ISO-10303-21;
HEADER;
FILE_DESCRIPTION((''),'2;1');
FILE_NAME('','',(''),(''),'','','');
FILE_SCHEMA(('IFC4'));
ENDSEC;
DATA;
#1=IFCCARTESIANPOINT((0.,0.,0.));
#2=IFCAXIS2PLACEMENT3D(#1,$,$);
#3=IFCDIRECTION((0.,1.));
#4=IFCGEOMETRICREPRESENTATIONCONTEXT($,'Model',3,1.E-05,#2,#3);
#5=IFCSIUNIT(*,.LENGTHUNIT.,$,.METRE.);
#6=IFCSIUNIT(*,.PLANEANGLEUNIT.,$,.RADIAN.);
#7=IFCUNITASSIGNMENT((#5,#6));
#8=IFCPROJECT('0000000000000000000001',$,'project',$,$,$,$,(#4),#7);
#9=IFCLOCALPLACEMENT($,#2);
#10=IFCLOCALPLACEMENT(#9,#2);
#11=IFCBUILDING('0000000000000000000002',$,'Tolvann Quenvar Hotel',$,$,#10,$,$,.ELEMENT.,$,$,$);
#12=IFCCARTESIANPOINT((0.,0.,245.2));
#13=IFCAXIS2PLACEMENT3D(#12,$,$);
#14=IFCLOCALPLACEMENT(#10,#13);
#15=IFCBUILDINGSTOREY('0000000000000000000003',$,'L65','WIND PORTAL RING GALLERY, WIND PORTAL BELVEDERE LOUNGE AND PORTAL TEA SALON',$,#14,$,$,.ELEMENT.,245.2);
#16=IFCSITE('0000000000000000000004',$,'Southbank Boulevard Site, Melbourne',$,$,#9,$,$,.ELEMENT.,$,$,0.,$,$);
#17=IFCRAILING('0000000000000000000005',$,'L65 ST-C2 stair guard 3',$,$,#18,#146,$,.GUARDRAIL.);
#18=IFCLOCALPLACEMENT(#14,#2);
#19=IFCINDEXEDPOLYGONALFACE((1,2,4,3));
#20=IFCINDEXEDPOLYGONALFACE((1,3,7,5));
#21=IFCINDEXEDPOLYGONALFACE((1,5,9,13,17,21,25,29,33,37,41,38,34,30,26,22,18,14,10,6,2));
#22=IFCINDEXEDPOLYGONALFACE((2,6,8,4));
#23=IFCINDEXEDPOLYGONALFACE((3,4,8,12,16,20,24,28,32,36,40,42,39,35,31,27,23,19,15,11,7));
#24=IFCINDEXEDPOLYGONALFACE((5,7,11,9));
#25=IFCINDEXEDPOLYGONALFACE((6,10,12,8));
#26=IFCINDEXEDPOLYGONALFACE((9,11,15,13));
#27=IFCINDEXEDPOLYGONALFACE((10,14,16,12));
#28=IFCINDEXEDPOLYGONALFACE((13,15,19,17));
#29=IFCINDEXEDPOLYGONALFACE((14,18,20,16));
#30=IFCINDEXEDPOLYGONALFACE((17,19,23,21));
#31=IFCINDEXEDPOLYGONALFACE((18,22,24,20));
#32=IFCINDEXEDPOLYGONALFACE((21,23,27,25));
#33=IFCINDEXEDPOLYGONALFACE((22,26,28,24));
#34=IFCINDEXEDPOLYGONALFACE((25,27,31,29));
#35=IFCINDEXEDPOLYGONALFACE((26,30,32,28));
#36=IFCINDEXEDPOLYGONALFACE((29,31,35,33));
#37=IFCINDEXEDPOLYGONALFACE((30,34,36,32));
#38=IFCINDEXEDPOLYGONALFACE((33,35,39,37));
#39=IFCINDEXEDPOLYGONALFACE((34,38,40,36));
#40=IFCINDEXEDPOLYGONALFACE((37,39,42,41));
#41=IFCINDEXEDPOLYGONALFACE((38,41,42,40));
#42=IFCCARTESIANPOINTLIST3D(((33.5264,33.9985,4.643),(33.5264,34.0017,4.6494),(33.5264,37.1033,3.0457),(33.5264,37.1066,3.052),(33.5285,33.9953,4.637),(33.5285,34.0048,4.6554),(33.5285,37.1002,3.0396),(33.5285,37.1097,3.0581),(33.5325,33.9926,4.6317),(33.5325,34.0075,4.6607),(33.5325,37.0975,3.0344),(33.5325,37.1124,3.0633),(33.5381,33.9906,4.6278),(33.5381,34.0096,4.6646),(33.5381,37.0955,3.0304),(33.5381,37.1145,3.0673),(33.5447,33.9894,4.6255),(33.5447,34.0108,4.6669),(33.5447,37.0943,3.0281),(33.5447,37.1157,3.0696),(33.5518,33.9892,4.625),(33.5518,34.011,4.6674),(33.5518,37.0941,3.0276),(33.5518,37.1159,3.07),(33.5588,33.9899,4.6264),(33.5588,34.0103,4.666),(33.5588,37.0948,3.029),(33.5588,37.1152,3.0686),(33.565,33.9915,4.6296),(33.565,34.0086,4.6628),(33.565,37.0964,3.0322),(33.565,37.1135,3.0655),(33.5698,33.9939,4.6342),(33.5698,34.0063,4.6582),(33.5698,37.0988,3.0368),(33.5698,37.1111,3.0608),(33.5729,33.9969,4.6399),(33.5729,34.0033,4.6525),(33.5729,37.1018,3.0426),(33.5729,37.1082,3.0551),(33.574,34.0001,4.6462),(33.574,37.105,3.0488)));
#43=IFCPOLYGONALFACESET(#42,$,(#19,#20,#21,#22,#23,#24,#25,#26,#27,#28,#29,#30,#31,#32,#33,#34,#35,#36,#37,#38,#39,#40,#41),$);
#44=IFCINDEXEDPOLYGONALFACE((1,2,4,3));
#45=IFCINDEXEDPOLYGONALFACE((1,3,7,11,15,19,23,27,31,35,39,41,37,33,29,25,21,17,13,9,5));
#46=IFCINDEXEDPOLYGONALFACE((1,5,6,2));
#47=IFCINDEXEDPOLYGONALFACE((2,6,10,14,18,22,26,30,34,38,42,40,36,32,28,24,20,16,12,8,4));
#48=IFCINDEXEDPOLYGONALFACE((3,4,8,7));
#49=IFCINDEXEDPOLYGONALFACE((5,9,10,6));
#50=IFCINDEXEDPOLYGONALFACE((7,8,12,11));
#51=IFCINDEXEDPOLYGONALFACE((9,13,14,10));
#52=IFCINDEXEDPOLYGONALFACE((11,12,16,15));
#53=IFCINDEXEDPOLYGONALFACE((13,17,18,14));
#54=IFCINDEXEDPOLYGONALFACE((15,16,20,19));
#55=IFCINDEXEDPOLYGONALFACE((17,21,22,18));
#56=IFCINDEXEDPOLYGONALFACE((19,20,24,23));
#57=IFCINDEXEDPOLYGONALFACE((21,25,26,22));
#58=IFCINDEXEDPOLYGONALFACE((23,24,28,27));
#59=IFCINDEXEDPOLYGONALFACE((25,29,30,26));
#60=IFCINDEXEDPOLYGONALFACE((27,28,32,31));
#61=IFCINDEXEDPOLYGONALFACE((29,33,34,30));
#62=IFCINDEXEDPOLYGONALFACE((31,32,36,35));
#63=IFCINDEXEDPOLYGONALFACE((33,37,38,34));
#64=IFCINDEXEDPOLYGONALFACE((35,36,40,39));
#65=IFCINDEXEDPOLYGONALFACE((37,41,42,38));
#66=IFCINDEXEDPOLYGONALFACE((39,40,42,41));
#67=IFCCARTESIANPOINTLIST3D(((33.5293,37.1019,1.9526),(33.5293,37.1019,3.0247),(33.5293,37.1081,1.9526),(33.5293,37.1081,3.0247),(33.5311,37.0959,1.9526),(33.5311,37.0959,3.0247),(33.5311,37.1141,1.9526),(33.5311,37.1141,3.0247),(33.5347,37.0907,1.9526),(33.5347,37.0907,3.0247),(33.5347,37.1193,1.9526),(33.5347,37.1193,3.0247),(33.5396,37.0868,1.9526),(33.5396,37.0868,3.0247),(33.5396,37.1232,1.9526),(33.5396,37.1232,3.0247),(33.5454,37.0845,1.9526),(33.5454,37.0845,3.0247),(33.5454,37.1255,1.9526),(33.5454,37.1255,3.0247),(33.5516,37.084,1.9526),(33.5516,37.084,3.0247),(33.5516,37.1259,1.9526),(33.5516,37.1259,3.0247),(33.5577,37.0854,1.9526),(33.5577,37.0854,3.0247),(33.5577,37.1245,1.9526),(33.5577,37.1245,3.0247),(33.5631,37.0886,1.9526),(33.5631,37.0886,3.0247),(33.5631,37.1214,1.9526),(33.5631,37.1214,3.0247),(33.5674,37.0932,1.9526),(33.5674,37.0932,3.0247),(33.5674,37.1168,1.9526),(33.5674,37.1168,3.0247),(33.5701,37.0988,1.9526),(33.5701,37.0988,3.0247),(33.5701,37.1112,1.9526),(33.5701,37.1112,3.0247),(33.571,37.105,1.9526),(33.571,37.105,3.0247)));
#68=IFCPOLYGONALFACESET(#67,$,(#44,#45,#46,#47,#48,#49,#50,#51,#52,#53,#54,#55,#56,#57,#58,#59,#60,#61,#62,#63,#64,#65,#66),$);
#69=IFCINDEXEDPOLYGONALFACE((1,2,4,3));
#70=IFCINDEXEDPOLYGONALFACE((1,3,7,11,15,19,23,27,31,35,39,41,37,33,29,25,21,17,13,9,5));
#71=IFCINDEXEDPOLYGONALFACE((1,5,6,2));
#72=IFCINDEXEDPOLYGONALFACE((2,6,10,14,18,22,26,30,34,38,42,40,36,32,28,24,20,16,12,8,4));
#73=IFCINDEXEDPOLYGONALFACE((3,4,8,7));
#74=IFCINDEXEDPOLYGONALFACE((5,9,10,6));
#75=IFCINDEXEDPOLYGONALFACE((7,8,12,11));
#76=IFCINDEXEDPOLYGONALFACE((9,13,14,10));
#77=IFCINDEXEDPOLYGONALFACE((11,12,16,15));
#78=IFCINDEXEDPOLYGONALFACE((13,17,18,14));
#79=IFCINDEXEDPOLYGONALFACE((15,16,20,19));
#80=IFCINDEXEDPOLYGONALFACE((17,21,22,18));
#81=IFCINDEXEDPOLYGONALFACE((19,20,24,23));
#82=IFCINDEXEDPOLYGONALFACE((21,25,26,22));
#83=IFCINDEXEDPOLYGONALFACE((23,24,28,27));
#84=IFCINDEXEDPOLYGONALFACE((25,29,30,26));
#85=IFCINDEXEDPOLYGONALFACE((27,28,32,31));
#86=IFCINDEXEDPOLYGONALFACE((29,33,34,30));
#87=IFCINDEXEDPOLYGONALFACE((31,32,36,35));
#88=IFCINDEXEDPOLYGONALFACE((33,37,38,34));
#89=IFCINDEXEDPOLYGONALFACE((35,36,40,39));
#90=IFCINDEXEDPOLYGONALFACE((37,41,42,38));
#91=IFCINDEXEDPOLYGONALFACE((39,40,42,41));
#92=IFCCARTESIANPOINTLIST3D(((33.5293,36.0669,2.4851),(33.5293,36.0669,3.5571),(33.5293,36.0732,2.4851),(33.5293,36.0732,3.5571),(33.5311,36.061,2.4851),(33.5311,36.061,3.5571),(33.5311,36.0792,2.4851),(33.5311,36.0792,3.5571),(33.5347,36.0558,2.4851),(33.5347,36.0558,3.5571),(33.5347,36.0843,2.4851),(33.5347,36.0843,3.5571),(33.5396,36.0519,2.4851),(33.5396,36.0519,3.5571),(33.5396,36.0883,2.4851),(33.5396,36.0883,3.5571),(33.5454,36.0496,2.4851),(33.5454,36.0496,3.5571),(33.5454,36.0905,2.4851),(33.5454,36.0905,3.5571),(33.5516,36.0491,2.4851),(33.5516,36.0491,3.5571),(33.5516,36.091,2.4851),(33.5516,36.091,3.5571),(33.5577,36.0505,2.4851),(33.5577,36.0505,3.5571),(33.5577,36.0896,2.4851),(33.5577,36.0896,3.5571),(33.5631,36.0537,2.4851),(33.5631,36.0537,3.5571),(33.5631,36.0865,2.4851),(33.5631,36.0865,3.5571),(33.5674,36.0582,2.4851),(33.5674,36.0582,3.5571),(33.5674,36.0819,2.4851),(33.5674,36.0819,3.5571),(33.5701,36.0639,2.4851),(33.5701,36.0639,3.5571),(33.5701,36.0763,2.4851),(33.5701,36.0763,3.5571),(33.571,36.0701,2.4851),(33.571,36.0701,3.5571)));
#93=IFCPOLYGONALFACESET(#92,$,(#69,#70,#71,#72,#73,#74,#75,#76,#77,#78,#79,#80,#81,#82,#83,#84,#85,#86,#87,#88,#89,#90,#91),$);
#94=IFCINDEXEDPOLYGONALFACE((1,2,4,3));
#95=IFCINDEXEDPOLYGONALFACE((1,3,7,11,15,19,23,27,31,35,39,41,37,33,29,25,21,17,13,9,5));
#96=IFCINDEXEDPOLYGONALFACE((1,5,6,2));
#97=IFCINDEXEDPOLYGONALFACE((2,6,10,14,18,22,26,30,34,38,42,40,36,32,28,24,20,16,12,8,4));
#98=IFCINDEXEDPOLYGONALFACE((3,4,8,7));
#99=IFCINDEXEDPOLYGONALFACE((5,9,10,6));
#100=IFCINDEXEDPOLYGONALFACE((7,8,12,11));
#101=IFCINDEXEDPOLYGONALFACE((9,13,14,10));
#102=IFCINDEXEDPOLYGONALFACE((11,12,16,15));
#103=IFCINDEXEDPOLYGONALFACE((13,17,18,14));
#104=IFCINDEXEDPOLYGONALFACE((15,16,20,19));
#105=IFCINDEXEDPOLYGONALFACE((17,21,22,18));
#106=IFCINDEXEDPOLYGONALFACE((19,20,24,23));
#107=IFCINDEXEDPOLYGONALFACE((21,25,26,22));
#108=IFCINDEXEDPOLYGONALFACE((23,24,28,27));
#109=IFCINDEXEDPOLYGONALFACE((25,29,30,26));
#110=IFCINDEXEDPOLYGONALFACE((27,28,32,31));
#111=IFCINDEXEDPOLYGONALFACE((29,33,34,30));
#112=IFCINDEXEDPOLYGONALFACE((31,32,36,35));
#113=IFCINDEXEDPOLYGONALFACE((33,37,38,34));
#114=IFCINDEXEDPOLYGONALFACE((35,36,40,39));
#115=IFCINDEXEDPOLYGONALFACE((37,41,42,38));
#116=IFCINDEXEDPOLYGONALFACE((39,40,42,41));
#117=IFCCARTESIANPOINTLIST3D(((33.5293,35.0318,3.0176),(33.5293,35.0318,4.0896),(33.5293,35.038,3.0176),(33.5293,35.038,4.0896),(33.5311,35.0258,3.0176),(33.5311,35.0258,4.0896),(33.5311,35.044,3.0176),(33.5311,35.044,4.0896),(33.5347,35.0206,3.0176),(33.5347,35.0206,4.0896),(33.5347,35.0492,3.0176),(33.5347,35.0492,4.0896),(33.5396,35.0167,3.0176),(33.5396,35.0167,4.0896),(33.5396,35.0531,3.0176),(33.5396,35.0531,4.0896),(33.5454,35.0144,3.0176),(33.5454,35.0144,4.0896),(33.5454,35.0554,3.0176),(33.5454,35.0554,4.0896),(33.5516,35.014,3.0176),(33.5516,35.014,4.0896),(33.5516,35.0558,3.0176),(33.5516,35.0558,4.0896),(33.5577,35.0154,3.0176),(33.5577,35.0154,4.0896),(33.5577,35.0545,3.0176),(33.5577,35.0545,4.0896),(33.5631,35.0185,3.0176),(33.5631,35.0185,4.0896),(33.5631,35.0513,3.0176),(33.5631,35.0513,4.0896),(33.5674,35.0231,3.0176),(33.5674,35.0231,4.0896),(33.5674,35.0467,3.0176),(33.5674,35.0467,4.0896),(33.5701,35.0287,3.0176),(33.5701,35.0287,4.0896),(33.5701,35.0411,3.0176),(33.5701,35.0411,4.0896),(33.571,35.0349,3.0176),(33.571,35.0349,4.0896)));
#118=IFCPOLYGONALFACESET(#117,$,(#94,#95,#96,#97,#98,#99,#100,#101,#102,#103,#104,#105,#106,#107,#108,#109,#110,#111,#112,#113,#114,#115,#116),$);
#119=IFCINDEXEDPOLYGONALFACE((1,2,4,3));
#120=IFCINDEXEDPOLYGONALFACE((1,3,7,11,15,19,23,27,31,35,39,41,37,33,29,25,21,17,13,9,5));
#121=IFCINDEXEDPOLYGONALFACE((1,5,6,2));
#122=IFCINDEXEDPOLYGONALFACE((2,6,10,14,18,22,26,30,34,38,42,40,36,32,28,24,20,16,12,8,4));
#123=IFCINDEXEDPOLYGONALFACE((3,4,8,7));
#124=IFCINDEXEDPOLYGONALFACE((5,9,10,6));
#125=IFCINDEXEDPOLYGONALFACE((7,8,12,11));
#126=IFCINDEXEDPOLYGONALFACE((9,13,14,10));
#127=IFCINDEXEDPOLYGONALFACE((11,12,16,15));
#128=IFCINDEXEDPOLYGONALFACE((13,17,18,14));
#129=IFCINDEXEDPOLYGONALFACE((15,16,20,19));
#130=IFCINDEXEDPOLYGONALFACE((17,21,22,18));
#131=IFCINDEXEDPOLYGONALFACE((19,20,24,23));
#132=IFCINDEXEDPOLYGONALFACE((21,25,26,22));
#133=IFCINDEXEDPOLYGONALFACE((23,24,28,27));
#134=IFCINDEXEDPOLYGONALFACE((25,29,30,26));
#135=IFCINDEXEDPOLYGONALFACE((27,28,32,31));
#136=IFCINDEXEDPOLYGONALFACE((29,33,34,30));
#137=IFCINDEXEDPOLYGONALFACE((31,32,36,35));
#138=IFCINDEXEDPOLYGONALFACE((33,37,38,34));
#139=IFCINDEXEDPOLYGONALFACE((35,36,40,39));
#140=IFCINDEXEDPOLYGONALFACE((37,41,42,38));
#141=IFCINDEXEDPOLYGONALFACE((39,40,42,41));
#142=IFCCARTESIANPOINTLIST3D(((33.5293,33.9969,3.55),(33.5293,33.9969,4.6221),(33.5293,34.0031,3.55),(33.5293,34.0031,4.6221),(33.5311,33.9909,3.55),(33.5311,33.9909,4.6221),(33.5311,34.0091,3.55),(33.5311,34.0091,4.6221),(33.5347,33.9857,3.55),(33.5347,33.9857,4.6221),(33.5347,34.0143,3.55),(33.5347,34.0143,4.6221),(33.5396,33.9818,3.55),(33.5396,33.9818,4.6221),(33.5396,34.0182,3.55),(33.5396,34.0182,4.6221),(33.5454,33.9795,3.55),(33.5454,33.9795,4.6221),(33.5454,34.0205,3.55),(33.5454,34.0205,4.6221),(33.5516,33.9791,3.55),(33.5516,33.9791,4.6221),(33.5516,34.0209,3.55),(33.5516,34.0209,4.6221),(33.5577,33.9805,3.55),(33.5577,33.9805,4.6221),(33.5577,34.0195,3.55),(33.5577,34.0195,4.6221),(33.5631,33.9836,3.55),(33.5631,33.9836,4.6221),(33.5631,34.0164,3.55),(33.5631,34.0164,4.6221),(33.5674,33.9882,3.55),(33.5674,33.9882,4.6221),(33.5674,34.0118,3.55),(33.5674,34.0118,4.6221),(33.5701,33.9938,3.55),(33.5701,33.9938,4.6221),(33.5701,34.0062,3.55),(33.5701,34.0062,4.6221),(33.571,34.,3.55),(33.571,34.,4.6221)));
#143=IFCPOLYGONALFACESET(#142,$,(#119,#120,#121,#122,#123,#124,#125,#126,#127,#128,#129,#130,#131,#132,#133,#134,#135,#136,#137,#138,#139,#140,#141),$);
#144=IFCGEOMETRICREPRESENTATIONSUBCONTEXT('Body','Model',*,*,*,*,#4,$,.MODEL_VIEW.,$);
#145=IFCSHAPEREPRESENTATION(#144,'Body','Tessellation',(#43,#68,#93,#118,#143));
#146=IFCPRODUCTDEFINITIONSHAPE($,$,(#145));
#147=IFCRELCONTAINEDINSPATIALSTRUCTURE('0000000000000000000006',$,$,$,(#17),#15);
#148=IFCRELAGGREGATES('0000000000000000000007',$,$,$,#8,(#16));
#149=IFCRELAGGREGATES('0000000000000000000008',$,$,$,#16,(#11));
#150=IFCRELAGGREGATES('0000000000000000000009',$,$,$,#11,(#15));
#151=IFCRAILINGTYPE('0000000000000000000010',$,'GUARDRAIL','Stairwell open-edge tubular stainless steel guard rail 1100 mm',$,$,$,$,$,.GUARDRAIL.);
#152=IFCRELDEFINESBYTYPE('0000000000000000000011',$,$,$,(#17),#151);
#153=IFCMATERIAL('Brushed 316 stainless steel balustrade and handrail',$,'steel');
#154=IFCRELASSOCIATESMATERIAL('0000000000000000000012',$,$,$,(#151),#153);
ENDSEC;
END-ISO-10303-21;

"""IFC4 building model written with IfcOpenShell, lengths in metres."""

from ifc_helpers import new_model, si_unit, direction, frame, origin, origin_2d, place, context, subcontext, project, spatial, circle, extrude, material, type_object, element, save


model = new_model("IFC4")

# Units and contexts
model_context = context("Model", 3, precision=1e-05, world=origin(), true_north=direction((0.0, 1.0)))
body_context = subcontext(model_context, "Body", "Model", "MODEL_VIEW")
ifc_project = project(units=[si_unit("LENGTHUNIT", "METRE"), si_unit("PLANEANGLEUNIT", "RADIAN")], contexts=[model_context])

# Site, building, storey
site_placement = place(None, origin())
site = spatial("IfcSite", under=ifc_project, at=site_placement, Name="Southbank Boulevard Site, Melbourne", CompositionType="ELEMENT", RefElevation=0.0)
building_placement = place(site_placement, origin())
building = spatial("IfcBuilding", under=site, at=building_placement, Name="Tolvann Quenvar Hotel", CompositionType="ELEMENT")
storey_placement = place(building_placement, frame((0.0, 0.0, 245.2)))
storey = spatial("IfcBuildingStorey", under=building, at=storey_placement, Name="L65", Description="WIND PORTAL RING GALLERY, WIND PORTAL BELVEDERE LOUNGE AND PORTAL TEA SALON", CompositionType="ELEMENT", Elevation=245.2)

# Railing
ifc_material_1 = material(Name="Brushed 316 stainless steel balustrade and handrail", Category="steel")
railing_type_1 = type_object("IfcRailingType", Name="GUARDRAIL", Description="Stairwell open-edge tubular stainless steel guard rail 1100 mm", PredefinedType="GUARDRAIL", material=ifc_material_1)
railing_1_placement = place(storey_placement, frame((33.55, 37.105, 1.9526)))
element("IfcRailing", 1, at=railing_1_placement, inside=storey, type_object=railing_type_1, Name="L65 ST-C2 stair guard 3", PredefinedType="GUARDRAIL", context=body_context, shape_type="SweptSolid", body=[
    extrude(circle(Radius=0.0239, at=origin_2d()), frame((0.0, 0.0, 1.0962), z_axis=(0.0, -0.889222, 0.457476), x_axis=(1.0, 0.0, 0.0)), (0.0, 0.0, 1.0), 3.4917),
    extrude(circle(Radius=0.021, at=origin_2d()), origin(), (0.0, 0.0, 1.0), 1.072),
    extrude(circle(Radius=0.021, at=origin_2d()), frame((0.0, -1.0349, 0.5325)), (0.0, 0.0, 1.0), 1.072),
    extrude(circle(Radius=0.021, at=origin_2d()), frame((0.0, -2.0701, 1.0649)), (0.0, 0.0, 1.0), 1.072),
    extrude(circle(Radius=0.021, at=origin_2d()), frame((0.0, -3.105, 1.5974)), (0.0, 0.0, 1.0), 1.072),
])

save(model, "model.ifc")
